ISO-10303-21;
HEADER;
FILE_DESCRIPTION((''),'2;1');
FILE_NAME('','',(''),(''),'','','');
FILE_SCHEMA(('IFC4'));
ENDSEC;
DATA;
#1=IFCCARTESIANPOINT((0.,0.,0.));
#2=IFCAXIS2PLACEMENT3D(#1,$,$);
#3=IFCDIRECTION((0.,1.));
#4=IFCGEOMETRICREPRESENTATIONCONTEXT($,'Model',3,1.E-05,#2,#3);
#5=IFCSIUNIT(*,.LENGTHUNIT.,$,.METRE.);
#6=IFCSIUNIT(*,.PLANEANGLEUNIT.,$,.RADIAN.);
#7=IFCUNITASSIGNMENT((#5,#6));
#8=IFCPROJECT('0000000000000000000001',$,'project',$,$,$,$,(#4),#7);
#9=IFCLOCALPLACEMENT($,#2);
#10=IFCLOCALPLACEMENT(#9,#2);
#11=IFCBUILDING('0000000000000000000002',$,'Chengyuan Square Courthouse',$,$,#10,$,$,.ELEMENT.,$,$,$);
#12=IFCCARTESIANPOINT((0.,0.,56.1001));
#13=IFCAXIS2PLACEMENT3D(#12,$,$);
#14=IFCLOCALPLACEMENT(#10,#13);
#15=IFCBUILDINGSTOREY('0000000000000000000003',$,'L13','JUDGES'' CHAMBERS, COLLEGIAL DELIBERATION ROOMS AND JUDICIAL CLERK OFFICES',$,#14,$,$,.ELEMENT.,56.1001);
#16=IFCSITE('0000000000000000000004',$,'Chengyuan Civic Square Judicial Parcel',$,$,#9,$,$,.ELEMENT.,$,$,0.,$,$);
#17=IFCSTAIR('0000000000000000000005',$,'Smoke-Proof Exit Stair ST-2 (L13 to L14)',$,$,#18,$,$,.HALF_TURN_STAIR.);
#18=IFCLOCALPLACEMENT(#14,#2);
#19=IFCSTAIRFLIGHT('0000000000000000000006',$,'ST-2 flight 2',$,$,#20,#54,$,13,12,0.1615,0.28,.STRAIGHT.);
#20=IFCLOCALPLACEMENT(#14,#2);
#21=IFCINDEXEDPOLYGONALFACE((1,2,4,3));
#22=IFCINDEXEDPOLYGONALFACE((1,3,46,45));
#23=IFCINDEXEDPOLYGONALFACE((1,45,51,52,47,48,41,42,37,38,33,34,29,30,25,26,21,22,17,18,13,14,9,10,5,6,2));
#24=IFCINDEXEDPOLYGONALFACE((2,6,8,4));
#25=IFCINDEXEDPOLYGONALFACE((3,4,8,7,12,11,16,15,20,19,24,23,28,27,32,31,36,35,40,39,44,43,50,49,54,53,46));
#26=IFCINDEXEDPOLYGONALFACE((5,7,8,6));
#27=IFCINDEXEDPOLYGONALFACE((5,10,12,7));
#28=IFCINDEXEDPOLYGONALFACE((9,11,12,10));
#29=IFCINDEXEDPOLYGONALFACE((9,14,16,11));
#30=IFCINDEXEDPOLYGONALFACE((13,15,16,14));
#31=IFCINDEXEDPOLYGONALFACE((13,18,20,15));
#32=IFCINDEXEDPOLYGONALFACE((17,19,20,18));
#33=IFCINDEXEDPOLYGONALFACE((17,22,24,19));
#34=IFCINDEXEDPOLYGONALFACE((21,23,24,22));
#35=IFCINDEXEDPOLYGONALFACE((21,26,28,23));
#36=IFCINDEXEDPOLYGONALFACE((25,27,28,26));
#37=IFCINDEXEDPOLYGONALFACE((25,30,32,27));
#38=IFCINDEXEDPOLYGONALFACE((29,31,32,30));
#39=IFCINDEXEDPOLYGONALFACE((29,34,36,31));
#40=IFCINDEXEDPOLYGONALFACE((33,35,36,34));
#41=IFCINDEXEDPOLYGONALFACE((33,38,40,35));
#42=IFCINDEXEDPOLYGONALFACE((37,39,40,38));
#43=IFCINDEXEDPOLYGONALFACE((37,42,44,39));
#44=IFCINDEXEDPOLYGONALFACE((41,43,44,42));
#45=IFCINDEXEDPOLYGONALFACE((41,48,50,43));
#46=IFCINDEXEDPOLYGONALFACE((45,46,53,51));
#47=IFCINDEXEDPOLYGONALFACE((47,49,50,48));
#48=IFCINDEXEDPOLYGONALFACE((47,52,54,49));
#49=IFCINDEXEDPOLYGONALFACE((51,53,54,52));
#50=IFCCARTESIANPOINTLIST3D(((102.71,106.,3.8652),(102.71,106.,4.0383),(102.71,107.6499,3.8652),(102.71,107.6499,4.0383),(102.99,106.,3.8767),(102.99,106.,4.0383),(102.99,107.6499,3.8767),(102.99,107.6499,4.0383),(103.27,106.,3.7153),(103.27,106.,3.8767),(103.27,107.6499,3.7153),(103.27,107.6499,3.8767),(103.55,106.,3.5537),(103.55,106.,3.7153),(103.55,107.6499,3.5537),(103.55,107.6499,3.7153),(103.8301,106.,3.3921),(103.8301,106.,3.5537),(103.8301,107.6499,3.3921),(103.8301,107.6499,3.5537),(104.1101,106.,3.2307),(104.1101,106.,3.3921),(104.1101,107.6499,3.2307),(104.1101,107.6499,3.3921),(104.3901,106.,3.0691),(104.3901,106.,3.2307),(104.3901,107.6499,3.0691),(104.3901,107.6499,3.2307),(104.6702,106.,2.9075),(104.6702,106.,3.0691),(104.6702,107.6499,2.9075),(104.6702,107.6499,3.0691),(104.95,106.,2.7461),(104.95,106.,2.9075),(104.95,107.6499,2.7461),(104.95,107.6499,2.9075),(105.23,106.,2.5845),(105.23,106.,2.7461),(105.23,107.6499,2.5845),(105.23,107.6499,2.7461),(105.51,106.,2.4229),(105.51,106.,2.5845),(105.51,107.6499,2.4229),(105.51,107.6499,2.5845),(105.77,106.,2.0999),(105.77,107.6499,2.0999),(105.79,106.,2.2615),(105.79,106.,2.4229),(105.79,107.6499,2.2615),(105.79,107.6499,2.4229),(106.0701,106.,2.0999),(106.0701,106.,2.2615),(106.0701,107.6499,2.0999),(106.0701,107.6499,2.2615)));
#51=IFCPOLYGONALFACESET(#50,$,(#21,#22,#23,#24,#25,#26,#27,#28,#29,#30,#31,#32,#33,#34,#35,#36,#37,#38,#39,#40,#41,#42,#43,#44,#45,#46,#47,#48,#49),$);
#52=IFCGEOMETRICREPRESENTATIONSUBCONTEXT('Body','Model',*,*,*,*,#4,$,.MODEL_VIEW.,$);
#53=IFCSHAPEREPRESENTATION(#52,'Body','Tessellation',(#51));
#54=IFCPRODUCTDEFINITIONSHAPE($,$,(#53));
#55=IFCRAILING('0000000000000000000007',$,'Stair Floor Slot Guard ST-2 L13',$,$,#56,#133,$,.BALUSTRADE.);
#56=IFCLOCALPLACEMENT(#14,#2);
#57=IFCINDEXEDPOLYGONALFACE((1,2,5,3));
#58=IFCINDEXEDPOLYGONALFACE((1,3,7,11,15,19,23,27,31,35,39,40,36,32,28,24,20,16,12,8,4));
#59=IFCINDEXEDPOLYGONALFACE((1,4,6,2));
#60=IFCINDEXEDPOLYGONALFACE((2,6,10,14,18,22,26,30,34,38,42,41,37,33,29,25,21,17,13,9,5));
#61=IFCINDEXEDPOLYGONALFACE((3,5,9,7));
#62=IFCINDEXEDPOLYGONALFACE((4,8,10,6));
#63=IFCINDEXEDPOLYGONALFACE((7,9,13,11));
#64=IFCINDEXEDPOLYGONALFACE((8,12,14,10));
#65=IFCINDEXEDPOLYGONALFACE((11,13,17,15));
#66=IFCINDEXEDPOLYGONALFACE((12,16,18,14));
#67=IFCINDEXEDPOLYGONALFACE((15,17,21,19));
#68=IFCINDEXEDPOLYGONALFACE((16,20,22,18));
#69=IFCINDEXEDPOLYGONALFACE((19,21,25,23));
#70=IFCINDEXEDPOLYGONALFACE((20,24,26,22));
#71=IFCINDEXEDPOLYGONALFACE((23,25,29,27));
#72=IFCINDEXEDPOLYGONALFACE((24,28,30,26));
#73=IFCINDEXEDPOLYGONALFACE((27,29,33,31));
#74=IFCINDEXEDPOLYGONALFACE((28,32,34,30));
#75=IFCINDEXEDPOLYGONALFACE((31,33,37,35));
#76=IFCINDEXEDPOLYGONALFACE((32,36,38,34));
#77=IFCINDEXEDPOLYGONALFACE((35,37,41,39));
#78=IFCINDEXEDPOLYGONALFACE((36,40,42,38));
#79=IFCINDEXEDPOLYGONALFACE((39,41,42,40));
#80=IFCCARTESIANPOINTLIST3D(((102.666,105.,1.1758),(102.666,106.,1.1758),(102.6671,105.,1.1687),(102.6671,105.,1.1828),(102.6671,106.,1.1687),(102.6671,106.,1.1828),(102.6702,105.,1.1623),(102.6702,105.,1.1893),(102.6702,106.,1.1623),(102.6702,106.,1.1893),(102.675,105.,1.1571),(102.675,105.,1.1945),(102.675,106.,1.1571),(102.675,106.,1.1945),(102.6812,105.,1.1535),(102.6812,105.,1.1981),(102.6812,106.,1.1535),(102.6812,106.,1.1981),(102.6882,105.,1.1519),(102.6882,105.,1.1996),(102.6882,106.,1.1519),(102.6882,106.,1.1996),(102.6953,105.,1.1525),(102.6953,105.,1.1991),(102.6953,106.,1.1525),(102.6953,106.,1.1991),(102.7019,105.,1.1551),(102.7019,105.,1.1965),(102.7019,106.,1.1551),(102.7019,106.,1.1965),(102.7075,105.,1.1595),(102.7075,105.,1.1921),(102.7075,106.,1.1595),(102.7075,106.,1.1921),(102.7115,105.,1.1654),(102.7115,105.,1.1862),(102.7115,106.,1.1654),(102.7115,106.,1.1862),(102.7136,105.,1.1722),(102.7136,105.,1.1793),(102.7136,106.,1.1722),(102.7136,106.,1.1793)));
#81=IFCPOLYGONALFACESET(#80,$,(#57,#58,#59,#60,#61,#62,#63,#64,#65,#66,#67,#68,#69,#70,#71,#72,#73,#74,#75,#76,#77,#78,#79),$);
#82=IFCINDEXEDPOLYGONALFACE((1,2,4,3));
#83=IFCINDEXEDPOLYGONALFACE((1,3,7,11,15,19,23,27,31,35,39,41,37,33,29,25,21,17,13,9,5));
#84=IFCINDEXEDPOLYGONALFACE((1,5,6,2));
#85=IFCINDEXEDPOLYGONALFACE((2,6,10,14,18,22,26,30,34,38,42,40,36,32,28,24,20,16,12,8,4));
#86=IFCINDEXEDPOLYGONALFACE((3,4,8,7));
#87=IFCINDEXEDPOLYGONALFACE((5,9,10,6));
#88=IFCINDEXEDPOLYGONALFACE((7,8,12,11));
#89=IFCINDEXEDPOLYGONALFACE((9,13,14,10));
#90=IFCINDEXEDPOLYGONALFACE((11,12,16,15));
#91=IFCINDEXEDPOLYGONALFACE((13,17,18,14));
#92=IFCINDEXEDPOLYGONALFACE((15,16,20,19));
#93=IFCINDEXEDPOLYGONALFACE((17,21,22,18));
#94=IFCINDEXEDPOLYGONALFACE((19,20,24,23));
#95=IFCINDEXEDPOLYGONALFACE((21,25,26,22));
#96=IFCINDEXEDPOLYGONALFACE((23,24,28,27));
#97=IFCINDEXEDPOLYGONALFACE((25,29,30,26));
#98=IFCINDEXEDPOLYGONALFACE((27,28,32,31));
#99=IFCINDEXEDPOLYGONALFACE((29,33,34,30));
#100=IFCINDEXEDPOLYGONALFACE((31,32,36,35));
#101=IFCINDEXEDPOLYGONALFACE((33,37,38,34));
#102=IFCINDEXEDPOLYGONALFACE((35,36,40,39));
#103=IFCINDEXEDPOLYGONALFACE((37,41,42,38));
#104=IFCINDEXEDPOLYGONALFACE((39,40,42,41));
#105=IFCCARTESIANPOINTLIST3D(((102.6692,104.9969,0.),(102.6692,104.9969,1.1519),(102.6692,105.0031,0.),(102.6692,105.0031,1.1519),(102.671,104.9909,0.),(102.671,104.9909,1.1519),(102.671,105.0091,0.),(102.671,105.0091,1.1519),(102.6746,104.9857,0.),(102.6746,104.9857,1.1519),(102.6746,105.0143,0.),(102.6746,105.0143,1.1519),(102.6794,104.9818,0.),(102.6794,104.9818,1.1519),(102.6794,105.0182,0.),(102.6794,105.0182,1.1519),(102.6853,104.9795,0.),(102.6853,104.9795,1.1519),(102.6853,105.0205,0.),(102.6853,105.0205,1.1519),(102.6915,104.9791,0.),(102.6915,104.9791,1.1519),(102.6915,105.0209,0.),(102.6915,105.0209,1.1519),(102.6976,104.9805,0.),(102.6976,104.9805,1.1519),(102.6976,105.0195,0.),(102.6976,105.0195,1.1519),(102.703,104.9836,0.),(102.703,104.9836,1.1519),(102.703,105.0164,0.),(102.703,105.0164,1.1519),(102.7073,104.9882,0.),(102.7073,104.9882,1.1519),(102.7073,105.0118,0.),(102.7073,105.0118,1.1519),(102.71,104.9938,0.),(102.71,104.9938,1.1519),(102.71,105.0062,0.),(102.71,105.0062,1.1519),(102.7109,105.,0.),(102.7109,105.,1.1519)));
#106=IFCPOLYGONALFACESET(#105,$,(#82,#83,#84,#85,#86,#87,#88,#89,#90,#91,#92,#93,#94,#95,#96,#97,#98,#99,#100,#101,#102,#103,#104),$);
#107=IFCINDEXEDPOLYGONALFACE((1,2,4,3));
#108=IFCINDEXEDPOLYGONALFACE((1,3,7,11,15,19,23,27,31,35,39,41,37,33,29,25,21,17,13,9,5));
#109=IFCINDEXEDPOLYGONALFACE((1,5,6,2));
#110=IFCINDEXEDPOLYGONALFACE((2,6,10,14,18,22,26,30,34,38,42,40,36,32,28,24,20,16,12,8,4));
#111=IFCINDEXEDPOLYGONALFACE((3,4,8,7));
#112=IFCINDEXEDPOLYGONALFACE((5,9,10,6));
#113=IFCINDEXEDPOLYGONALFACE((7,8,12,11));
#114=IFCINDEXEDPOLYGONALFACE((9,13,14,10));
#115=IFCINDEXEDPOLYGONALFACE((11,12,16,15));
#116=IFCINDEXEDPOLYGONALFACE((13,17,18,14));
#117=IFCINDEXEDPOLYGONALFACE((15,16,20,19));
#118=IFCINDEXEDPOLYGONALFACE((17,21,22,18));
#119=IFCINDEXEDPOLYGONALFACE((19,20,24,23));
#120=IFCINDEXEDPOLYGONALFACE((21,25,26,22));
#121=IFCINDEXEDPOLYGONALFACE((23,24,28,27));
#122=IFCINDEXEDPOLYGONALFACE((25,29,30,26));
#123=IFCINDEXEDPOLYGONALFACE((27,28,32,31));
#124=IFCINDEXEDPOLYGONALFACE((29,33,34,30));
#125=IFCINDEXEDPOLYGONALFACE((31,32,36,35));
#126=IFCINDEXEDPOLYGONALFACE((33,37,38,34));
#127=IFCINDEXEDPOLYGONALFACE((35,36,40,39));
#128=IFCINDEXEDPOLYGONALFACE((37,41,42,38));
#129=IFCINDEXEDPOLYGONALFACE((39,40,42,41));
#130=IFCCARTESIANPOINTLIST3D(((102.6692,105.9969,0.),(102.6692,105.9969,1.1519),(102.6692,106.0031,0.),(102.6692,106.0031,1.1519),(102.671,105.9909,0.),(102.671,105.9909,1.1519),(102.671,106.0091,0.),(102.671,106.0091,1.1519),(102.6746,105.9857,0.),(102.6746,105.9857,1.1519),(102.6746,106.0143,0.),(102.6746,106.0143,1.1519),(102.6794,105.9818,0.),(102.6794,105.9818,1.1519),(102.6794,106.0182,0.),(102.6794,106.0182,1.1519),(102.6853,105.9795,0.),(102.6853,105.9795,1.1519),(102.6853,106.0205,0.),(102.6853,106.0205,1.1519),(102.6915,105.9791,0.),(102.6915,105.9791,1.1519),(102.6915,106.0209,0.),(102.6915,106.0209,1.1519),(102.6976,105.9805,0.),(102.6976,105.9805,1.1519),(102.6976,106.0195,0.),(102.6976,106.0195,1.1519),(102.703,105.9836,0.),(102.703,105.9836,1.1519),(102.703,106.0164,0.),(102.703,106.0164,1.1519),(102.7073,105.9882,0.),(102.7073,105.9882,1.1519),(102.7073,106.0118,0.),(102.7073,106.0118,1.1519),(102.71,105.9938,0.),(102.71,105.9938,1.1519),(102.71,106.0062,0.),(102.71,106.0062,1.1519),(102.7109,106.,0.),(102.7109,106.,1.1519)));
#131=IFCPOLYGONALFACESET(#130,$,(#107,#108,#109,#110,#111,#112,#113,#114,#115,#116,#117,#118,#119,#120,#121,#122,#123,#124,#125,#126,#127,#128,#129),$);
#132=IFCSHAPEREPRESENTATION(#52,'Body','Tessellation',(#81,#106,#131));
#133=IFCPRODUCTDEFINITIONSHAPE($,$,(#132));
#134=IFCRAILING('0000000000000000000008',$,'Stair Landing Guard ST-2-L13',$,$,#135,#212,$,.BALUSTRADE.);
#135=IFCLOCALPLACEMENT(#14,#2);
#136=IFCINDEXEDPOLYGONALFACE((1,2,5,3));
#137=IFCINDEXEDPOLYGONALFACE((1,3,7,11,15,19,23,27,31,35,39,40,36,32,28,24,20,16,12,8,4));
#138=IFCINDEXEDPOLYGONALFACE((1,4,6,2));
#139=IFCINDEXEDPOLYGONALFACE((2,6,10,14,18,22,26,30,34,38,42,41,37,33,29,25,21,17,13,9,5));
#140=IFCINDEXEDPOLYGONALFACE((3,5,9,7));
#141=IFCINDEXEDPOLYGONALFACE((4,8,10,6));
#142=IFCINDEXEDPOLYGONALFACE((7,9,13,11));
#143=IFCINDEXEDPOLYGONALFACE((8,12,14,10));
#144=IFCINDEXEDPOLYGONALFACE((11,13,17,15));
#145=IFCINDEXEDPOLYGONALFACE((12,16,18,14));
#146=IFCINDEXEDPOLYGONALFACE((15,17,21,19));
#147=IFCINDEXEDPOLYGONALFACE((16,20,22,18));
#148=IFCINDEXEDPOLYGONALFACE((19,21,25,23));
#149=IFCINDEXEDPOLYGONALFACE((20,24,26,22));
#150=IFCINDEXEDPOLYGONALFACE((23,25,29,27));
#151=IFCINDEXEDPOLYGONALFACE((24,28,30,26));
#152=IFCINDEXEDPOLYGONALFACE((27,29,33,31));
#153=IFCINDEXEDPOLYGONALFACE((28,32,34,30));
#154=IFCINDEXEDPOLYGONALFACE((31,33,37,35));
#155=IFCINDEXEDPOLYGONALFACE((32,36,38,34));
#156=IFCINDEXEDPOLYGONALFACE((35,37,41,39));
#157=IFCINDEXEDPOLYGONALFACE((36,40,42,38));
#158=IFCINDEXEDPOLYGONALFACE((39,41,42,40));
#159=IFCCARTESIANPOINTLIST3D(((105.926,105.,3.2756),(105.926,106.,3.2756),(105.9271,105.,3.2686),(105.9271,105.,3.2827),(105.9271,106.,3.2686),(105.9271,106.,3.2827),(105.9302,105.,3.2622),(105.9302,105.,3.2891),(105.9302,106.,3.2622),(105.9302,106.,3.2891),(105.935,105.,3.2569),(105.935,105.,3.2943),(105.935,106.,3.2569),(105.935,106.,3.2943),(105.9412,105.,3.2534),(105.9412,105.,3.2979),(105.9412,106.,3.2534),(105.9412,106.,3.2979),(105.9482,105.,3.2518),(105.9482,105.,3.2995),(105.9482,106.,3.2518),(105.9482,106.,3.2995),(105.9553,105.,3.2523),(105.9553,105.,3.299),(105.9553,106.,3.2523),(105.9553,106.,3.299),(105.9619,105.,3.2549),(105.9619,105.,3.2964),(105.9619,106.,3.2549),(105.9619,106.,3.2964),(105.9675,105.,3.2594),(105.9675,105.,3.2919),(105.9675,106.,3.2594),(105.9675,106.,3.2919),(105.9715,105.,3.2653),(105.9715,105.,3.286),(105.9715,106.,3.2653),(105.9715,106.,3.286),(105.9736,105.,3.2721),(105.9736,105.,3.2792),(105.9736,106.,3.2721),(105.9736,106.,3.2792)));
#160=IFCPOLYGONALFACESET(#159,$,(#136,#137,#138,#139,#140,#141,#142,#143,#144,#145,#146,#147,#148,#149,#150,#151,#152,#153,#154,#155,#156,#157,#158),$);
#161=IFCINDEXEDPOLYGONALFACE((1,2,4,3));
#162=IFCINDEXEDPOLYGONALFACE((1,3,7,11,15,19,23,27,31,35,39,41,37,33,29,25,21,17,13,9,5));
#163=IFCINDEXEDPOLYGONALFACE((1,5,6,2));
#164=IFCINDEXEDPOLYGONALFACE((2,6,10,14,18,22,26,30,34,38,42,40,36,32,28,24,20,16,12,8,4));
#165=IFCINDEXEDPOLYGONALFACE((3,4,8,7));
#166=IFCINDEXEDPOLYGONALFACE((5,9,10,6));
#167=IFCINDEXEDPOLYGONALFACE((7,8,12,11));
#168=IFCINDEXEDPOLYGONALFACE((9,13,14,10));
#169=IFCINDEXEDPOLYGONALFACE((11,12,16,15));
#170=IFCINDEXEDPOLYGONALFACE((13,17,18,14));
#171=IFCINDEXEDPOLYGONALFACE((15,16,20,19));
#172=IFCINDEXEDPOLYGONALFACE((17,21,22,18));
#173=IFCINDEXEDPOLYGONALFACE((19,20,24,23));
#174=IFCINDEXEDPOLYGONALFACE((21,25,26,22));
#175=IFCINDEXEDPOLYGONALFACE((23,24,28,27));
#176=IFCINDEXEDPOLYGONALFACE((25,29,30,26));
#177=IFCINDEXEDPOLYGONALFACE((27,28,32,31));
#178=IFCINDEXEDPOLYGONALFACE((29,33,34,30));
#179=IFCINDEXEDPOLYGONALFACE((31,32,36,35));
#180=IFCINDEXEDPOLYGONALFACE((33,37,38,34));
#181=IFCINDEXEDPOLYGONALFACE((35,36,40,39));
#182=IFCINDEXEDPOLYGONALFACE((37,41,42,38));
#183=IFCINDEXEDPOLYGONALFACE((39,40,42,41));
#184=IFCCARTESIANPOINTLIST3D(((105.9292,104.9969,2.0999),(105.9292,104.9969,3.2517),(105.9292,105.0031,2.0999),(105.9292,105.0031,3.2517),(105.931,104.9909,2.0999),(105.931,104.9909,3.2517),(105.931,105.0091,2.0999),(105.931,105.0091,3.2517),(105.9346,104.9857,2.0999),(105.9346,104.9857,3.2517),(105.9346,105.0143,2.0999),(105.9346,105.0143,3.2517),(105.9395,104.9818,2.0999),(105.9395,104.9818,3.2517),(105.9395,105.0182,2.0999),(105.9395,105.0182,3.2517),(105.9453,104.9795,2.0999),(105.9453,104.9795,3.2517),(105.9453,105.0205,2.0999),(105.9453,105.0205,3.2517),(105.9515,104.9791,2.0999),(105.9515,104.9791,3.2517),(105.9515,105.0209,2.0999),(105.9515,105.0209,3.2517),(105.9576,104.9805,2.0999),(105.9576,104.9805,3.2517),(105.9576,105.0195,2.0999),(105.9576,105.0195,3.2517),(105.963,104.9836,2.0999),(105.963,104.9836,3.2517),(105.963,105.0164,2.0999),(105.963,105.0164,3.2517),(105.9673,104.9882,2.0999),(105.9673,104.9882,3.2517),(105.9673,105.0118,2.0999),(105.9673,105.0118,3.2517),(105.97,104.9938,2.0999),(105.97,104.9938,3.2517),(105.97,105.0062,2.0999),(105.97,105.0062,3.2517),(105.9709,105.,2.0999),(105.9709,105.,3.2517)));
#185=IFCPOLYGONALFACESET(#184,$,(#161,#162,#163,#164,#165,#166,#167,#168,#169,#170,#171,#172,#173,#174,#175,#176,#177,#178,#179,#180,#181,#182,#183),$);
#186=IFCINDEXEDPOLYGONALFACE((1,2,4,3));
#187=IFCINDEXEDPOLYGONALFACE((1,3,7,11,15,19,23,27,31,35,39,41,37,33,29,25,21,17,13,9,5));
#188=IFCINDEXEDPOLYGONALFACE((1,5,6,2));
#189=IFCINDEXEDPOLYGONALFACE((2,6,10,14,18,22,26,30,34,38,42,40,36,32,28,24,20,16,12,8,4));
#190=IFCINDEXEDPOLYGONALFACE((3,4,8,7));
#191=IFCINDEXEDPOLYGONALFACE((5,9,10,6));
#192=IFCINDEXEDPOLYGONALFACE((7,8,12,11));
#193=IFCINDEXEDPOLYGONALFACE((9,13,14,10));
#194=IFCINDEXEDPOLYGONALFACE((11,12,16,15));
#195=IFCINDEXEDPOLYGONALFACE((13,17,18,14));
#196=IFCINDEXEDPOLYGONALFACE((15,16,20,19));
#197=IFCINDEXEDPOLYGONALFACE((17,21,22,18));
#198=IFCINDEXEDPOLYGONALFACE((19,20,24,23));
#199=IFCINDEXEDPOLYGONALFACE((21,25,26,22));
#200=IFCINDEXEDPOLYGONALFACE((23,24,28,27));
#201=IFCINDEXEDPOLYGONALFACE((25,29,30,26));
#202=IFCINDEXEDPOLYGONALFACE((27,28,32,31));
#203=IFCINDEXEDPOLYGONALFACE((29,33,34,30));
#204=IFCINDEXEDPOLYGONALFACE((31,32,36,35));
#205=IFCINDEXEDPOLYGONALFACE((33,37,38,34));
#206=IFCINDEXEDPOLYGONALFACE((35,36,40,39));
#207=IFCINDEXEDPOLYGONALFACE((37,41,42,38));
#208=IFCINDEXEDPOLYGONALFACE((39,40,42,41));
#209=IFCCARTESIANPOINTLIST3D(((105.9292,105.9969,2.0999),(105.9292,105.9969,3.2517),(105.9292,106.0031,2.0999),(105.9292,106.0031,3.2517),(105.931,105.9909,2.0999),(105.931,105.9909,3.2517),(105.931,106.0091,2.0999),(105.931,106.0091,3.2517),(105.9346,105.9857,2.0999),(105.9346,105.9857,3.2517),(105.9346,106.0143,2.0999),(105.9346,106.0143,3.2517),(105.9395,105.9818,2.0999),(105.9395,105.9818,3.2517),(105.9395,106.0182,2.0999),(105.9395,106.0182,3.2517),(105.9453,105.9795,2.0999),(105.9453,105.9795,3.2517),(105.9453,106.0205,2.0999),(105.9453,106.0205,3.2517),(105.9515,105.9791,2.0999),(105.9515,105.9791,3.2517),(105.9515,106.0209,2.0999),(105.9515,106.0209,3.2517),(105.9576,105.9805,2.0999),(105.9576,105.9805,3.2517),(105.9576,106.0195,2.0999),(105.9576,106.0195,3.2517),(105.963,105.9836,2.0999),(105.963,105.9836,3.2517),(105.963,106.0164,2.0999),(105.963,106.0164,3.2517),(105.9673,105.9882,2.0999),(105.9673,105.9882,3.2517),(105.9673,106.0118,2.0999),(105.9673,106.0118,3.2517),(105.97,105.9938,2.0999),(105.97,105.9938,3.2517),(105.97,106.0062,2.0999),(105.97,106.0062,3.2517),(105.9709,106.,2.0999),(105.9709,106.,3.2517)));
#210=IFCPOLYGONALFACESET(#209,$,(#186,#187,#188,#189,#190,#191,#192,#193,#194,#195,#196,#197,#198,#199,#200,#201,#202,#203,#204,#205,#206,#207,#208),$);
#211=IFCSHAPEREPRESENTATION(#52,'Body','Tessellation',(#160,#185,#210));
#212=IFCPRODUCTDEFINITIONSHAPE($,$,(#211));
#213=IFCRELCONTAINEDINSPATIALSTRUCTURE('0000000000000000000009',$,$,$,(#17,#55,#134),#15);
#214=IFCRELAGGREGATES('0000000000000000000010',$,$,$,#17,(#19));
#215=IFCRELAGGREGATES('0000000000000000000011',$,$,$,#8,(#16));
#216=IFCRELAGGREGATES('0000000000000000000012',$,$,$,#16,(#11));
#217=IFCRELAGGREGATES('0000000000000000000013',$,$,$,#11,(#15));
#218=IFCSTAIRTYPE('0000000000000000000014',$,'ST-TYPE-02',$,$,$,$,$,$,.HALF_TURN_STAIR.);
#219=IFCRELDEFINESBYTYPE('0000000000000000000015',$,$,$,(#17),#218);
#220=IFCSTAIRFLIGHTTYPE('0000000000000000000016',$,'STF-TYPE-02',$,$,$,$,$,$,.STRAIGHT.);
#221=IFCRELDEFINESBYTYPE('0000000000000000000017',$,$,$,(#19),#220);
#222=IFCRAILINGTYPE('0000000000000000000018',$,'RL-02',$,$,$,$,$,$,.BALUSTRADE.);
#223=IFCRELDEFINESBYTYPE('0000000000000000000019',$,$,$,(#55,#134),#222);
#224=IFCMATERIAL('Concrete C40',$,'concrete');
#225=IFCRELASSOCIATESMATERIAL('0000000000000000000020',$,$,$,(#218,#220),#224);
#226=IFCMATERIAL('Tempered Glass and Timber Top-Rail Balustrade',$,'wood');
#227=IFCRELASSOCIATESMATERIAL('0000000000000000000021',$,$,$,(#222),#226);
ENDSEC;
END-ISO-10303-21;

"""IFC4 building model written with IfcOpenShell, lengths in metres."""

from ifc_helpers import new_model, si_unit, direction, frame, origin, origin_2d, place, context, subcontext, project, spatial, polyline, circle, outline, extrude, material, type_object, element, aggregate, save


model = new_model("IFC4")

# Units and contexts
model_context = context("Model", 3, precision=1e-05, world=origin(), true_north=direction((0.0, 1.0)))
body_context = subcontext(model_context, "Body", "Model", "MODEL_VIEW")
ifc_project = project(units=[si_unit("LENGTHUNIT", "METRE"), si_unit("PLANEANGLEUNIT", "RADIAN")], contexts=[model_context])

# Site, building, storey
site_placement = place(None, origin())
site = spatial("IfcSite", under=ifc_project, at=site_placement, Name="Chengyuan Civic Square Judicial Parcel", CompositionType="ELEMENT", RefElevation=0.0)
building_placement = place(site_placement, origin())
building = spatial("IfcBuilding", under=site, at=building_placement, Name="Chengyuan Square Courthouse", CompositionType="ELEMENT")
storey_placement = place(building_placement, frame((0.0, 0.0, 56.1001)))
storey = spatial("IfcBuildingStorey", under=building, at=storey_placement, Name="L13", Description="JUDGES' CHAMBERS, COLLEGIAL DELIBERATION ROOMS AND JUDICIAL CLERK OFFICES", CompositionType="ELEMENT", Elevation=56.1001)

# Shared definitions
ifc_material_1 = material(Name="Concrete C40", Category="concrete")

# Stair, stair flight
stair_type = type_object("IfcStairType", Name="ST-TYPE-02", PredefinedType="HALF_TURN_STAIR", material=ifc_material_1)
stair_placement = place(storey_placement, origin())
stair = element("IfcStair", 1, at=stair_placement, inside=storey, type_object=stair_type, Name="Smoke-Proof Exit Stair ST-2 (L13 to L14)", PredefinedType="HALF_TURN_STAIR")
stair_flight_type = type_object("IfcStairFlightType", Name="STF-TYPE-02", PredefinedType="STRAIGHT", material=ifc_material_1)
stair_flight_1_placement = place(storey_placement, frame((106.0701, 106.825, 2.0999), z_axis=(0.0, 0.0, 1.0), x_axis=(-1.0, 0.0, 0.0)))
stair_flight_1 = element("IfcStairFlight", 2, at=stair_flight_1_placement, type_object=stair_flight_type, Name="ST-2 flight 2", NumberOfRisers=13, NumberOfTreads=12, PredefinedType="STRAIGHT", RiserHeight=0.1615, TreadLength=0.28, context=body_context, shape_type="SweptSolid", body=[
    extrude(outline(polyline([(0.0, 0.0), (0.0, 0.1616), (0.28, 0.1616), (0.28, 0.323), (0.5601, 0.323), (0.5601, 0.4846), (0.8401, 0.4846), (0.8401, 0.6462), (1.1201, 0.6462), (1.1201, 0.8076), (1.3999, 0.8076), (1.3999, 0.9692), (1.6799, 0.9692), (1.6799, 1.1309), (1.96, 1.1309), (1.96, 1.2922), (2.24, 1.2922), (2.24, 1.4539), (2.52, 1.4539), (2.52, 1.6155), (2.8, 1.6155), (2.8, 1.7769), (3.0801, 1.7769), (3.0801, 1.9385), (3.3601, 1.9385), (3.3601, 2.1001), (3.3601, 1.7654), (0.3, 0.0), (0.0, 0.0)])), frame((0.0, 0.825, 0.0), z_axis=(0.0, -1.0, 0.0), x_axis=(1.0, 0.0, 0.0)), (0.0, 0.0, 1.0), 1.6499),
])
aggregate(stair, [stair_flight_1])

# Railings
ifc_material_2 = material(Name="Tempered Glass and Timber Top-Rail Balustrade", Category="wood")
railing_type_1 = type_object("IfcRailingType", Name="RL-02", PredefinedType="BALUSTRADE", material=ifc_material_2)
for number, where, name in (
    (3, (102.6899, 105.0, 0.0), "Stair Floor Slot Guard ST-2 L13"),
    (4, (105.95, 105.0, 2.0999), "Stair Landing Guard ST-2-L13"),
):
    element("IfcRailing", number, at=place(storey_placement, frame(where)), inside=storey, type_object=railing_type_1, Name=name, PredefinedType="BALUSTRADE", context=body_context, shape_type="SweptSolid", body=[
        extrude(circle(Radius=0.0239, at=origin_2d()), frame((0.0, 0.0, 1.1758), z_axis=(0.0, 1.0, 0.0), x_axis=(-1.0, 0.0, 0.0)), (0.0, 0.0, 1.0), 1.0),
        extrude(circle(Radius=0.021, at=origin_2d()), origin(), (0.0, 0.0, 1.0), 1.1519),
        extrude(circle(Radius=0.021, at=origin_2d()), frame((0.0, 1.0, 0.0)), (0.0, 0.0, 1.0), 1.1519),
    ])

save(model, "model.ifc")
